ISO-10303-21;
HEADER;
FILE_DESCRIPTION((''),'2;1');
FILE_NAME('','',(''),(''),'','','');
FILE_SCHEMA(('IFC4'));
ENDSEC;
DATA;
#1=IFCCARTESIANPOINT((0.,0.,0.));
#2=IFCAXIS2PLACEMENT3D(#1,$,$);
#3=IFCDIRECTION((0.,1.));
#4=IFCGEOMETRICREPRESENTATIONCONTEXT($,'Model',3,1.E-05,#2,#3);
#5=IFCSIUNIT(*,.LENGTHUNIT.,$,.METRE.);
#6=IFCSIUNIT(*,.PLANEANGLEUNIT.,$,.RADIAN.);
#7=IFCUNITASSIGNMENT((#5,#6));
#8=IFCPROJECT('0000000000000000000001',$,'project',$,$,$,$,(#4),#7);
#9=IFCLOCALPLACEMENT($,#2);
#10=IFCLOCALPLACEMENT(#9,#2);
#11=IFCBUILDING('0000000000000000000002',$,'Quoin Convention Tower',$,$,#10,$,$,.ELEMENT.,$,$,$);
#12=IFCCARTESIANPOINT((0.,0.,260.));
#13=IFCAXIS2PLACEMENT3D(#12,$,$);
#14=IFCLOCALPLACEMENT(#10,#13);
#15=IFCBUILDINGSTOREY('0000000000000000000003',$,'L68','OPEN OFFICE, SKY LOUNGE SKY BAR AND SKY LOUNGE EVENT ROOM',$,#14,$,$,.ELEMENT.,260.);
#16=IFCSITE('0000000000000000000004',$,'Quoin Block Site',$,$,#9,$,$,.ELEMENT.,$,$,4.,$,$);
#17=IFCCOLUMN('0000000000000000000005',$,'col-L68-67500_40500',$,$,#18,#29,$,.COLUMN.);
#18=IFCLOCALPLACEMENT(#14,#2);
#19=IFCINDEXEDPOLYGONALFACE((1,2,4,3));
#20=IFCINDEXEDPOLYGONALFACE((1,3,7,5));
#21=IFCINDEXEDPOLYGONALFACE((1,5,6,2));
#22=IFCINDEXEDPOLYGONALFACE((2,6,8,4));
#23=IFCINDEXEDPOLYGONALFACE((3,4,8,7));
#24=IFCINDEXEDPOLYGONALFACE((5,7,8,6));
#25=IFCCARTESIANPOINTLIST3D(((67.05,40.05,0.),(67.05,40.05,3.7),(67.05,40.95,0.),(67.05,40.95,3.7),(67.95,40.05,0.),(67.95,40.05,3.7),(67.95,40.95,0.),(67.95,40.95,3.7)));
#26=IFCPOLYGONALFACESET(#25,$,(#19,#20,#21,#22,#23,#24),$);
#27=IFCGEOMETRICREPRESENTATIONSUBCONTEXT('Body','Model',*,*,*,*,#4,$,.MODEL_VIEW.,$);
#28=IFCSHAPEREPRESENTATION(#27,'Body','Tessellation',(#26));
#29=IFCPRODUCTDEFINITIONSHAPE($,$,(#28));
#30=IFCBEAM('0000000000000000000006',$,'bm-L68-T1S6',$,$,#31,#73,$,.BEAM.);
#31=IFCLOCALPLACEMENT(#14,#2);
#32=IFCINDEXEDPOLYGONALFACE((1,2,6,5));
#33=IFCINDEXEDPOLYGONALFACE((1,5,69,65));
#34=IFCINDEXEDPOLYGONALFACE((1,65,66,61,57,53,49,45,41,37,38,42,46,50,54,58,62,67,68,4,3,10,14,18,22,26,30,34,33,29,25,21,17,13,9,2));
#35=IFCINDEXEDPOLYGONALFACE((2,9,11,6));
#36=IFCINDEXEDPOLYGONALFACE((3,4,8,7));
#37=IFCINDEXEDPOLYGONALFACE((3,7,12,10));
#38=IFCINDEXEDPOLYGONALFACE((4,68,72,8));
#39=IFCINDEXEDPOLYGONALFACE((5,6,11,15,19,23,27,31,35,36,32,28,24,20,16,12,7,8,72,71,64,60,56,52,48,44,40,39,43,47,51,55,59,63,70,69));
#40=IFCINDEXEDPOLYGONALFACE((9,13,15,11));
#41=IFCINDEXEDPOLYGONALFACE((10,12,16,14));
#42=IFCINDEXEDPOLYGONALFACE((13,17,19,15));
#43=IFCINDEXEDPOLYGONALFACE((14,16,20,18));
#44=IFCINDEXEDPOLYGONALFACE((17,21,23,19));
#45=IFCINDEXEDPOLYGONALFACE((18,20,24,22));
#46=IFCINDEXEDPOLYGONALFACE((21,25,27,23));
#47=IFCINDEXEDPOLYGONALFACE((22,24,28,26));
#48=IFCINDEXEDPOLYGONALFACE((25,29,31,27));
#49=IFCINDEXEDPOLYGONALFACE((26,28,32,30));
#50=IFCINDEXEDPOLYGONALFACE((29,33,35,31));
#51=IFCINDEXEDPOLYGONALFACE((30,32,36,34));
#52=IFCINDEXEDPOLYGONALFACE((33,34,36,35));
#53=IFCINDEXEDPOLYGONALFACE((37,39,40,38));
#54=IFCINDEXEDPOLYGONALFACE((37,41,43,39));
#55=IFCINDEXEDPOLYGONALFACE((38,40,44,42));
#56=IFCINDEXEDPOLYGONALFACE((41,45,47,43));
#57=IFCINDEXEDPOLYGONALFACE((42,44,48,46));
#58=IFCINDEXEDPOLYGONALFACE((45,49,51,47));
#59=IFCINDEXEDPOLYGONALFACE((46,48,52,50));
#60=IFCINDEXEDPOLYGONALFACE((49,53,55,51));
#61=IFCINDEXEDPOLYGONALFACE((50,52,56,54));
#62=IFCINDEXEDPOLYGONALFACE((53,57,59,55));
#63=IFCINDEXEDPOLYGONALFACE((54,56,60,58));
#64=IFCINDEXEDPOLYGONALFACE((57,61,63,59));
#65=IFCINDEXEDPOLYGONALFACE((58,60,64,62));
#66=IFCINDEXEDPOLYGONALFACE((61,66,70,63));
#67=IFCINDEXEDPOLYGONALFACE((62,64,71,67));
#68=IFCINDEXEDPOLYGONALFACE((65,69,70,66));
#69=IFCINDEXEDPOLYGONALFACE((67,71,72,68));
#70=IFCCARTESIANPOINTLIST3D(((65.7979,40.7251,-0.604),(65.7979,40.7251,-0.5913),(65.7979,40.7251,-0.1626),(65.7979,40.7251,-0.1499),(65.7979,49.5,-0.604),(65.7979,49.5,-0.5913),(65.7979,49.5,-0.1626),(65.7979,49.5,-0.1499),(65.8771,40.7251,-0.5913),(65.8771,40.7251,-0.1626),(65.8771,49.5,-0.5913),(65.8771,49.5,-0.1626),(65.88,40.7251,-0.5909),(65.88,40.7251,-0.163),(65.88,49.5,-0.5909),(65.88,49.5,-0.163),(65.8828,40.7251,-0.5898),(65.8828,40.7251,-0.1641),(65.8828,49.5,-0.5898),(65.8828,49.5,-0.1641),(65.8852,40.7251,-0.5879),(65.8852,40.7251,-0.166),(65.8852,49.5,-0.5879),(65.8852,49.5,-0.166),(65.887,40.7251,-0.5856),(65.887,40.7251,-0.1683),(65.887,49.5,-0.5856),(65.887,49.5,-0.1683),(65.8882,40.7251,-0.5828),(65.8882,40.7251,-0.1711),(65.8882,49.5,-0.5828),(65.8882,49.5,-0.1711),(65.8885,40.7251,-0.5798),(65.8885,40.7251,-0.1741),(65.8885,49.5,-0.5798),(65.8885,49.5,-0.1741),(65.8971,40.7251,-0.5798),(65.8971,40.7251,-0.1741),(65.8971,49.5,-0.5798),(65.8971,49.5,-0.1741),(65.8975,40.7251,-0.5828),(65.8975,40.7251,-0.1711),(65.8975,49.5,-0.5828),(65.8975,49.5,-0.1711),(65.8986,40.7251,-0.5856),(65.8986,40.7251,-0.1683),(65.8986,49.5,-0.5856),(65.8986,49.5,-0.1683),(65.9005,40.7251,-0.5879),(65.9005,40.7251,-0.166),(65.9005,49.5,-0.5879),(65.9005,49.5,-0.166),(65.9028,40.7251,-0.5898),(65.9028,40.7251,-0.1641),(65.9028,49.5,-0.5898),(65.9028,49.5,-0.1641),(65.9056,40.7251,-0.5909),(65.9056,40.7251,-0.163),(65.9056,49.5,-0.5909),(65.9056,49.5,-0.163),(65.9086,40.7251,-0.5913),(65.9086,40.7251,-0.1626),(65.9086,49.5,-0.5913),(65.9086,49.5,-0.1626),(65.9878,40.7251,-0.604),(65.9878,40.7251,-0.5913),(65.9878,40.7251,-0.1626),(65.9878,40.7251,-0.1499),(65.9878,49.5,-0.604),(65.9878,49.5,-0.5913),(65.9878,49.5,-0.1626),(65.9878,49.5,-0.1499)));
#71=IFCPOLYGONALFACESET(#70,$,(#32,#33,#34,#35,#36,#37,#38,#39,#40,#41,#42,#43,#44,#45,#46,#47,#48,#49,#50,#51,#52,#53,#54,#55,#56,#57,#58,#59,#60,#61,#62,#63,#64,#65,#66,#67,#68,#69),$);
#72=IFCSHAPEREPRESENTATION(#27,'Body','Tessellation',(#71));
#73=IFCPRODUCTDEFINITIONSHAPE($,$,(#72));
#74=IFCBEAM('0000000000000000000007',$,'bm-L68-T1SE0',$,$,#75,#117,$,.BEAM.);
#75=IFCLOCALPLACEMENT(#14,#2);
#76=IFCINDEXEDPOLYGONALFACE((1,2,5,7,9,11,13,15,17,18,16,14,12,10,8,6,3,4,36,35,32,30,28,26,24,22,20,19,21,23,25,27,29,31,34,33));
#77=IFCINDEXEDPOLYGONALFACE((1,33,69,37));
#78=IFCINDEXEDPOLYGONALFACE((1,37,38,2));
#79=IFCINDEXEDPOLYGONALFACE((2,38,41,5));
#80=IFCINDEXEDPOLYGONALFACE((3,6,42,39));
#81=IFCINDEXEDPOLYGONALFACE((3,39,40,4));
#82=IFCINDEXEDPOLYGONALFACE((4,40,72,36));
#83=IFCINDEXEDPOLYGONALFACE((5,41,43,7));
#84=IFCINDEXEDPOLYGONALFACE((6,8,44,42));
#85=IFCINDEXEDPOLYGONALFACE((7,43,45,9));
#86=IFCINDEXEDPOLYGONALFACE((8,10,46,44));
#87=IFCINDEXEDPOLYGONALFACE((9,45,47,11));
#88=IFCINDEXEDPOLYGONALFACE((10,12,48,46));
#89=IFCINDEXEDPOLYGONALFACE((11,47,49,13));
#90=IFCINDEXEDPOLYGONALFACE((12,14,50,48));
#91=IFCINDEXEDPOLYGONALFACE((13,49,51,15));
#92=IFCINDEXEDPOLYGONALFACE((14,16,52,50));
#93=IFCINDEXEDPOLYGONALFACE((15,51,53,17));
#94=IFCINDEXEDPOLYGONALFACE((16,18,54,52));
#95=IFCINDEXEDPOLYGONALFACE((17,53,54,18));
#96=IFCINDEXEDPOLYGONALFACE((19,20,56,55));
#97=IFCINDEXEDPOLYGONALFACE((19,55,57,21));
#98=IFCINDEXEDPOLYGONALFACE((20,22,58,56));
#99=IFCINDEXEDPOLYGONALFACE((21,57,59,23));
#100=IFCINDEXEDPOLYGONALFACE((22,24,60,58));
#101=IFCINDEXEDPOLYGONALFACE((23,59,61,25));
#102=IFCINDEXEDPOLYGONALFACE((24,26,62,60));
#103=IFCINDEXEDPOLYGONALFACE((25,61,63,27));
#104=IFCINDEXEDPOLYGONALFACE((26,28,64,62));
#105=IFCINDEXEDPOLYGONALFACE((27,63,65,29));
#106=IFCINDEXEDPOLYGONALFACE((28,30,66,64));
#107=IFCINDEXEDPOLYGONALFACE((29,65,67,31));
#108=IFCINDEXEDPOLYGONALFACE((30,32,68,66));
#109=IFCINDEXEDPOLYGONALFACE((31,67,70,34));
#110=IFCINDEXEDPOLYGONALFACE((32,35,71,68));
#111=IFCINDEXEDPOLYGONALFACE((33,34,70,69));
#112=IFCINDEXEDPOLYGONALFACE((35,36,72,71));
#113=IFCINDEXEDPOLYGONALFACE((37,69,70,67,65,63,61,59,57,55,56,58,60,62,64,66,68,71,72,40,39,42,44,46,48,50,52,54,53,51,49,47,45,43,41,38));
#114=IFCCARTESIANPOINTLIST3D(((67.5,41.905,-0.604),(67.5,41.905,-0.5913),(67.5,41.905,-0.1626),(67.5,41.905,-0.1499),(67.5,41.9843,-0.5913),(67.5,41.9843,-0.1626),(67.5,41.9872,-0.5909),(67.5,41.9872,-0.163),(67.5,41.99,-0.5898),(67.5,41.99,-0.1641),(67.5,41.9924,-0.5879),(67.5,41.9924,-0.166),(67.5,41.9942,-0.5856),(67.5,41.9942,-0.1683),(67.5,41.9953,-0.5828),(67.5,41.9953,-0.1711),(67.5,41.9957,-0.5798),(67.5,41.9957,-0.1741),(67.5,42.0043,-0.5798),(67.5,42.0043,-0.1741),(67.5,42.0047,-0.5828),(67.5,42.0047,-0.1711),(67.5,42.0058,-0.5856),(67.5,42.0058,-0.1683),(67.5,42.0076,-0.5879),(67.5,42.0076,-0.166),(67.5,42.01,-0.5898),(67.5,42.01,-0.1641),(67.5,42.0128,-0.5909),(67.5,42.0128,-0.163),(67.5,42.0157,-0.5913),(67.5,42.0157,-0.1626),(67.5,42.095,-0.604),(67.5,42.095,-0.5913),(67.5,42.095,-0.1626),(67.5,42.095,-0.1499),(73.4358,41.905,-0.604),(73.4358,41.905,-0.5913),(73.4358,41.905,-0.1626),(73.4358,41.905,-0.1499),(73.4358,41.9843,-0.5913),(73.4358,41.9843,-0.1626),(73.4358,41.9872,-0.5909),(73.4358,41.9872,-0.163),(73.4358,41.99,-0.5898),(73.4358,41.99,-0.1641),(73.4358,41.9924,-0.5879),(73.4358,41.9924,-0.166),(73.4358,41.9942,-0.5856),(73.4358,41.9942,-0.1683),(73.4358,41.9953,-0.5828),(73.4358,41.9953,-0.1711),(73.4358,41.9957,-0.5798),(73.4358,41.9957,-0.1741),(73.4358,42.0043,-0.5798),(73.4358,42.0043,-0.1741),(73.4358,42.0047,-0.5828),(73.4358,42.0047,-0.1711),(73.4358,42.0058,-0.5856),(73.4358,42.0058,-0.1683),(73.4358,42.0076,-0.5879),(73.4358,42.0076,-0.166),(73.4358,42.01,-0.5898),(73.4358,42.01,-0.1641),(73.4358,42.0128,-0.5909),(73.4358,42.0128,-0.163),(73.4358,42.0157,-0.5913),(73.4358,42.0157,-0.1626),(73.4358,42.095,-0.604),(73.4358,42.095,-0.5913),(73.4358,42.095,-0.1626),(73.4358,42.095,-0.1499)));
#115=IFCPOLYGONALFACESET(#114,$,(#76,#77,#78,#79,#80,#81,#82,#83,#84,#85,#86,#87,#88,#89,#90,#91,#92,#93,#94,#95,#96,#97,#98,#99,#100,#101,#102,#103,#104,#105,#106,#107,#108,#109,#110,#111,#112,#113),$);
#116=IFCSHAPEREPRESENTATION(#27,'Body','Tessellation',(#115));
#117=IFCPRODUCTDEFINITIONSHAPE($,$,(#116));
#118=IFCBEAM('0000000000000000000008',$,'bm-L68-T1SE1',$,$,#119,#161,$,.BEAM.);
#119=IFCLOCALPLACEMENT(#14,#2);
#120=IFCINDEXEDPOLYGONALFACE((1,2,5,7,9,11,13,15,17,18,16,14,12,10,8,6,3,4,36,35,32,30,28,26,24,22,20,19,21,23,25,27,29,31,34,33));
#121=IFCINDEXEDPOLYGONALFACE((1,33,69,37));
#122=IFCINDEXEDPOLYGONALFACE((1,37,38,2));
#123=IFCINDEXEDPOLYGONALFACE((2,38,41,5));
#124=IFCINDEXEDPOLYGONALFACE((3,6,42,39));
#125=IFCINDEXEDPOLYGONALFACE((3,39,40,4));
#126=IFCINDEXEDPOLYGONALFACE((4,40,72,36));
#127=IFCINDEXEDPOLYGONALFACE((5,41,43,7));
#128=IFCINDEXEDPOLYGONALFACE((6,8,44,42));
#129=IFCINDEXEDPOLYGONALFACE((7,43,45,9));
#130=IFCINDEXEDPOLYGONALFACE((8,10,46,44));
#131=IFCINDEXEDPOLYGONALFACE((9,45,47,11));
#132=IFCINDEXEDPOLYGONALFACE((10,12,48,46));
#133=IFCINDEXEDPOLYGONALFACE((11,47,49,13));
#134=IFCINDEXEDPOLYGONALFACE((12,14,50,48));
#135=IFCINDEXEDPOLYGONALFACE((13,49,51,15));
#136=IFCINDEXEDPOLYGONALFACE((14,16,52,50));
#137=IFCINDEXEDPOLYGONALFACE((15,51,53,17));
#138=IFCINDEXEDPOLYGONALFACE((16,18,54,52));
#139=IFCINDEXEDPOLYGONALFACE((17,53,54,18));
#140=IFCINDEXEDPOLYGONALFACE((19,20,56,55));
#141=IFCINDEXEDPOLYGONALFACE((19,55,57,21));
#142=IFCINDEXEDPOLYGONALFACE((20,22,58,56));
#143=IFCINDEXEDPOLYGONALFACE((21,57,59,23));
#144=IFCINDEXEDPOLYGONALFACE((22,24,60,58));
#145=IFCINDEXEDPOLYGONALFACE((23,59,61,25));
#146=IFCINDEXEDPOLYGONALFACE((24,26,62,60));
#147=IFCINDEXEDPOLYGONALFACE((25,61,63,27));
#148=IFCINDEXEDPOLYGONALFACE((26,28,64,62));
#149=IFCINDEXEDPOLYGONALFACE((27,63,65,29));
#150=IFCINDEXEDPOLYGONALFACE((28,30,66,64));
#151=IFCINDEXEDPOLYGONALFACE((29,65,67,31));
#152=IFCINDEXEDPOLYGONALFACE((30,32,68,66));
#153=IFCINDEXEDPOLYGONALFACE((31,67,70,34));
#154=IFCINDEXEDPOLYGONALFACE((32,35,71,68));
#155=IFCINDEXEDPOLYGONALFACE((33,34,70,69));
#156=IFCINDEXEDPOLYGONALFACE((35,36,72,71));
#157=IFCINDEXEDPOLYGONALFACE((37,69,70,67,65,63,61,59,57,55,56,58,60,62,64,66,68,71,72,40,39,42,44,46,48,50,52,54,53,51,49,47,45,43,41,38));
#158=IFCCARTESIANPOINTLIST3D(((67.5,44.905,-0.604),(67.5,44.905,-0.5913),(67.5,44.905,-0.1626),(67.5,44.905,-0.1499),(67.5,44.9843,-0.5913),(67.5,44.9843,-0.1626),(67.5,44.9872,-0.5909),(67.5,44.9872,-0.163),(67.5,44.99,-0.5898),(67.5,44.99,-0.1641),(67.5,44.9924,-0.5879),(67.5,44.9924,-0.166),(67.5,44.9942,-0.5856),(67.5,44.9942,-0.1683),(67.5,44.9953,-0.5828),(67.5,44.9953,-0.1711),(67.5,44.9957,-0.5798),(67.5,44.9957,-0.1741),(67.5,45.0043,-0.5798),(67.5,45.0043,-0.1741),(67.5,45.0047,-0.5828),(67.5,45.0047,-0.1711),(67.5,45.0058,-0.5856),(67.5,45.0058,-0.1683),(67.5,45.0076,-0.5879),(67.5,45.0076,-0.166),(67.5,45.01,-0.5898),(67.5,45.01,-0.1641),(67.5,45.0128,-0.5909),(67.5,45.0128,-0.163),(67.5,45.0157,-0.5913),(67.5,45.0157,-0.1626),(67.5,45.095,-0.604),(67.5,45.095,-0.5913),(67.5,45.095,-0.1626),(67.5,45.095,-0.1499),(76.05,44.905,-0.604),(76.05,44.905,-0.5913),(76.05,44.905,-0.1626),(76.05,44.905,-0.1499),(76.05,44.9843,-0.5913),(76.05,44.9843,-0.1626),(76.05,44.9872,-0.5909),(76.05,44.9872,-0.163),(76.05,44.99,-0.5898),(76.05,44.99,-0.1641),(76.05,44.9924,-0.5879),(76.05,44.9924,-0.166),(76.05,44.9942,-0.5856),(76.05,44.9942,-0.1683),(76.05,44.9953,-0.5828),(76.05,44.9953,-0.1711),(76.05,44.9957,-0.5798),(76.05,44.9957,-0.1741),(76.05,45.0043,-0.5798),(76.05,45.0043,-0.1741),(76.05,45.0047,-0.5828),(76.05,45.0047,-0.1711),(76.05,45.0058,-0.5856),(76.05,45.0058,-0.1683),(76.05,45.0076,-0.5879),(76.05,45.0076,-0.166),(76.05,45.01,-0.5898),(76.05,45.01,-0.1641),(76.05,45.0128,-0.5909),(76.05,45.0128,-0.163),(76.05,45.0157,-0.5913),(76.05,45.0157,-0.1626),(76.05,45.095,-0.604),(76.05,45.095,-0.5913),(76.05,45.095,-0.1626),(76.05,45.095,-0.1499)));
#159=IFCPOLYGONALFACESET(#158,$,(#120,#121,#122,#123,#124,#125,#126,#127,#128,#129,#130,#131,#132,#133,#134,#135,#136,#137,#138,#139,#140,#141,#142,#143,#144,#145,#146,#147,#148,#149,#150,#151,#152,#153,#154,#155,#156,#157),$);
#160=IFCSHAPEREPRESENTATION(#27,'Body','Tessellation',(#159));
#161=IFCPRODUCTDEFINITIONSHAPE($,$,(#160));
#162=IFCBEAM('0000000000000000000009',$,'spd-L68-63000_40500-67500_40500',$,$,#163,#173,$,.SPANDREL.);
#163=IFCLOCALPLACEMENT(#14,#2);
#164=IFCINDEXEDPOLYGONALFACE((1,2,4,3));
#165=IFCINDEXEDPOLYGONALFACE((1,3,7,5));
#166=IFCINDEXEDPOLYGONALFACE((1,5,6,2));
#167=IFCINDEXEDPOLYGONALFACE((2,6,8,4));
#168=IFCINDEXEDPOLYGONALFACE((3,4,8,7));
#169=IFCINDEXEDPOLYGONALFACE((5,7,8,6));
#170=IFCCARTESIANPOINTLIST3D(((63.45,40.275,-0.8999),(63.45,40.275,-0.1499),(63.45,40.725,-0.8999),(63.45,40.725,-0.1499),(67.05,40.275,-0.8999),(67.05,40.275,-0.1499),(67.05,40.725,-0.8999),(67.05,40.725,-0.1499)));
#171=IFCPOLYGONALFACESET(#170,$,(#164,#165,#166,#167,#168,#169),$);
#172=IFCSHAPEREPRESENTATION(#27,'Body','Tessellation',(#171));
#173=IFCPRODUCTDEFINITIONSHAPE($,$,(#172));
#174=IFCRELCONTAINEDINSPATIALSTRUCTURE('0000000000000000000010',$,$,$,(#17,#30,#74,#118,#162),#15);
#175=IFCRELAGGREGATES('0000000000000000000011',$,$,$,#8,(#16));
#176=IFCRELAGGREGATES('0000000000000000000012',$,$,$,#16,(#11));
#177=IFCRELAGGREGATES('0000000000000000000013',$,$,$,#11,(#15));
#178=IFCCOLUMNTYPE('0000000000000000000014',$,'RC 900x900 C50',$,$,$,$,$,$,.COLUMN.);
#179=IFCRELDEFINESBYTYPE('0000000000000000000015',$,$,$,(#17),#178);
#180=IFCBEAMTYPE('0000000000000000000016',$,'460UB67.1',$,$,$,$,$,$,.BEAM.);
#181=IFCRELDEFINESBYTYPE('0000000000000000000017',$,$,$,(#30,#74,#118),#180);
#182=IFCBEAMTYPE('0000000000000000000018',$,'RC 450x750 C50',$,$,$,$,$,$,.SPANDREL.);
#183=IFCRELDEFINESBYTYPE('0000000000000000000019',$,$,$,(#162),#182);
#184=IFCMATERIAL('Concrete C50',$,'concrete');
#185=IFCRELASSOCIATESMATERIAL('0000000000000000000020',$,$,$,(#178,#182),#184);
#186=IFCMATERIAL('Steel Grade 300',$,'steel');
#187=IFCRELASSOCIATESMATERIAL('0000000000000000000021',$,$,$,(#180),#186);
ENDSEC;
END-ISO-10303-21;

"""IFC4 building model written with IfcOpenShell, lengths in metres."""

from ifc_helpers import new_model, si_unit, direction, frame, origin, origin_2d, place, context, subcontext, project, spatial, rectangle, i_section, extrude, material, material_profile, profile_set, type_object, element, save


model = new_model("IFC4")

# Units and contexts
model_context = context("Model", 3, precision=1e-05, world=origin(), true_north=direction((0.0, 1.0)))
body_context = subcontext(model_context, "Body", "Model", "MODEL_VIEW")
ifc_project = project(units=[si_unit("LENGTHUNIT", "METRE"), si_unit("PLANEANGLEUNIT", "RADIAN")], contexts=[model_context])

# Site, building, storey
site_placement = place(None, origin())
site = spatial("IfcSite", under=ifc_project, at=site_placement, Name="Quoin Block Site", CompositionType="ELEMENT", RefElevation=4.0)
building_placement = place(site_placement, origin())
building = spatial("IfcBuilding", under=site, at=building_placement, Name="Quoin Convention Tower", CompositionType="ELEMENT")
storey_placement = place(building_placement, frame((0.0, 0.0, 260.0)))
storey = spatial("IfcBuildingStorey", under=building, at=storey_placement, Name="L68", Description="OPEN OFFICE, SKY LOUNGE SKY BAR AND SKY LOUNGE EVENT ROOM", CompositionType="ELEMENT", Elevation=260.0)

# Column
ifc_material_1 = material(Name="Concrete C50", Category="concrete")
ifc_material_profile_1 = material_profile(ifc_material_1, rectangle(XDim=0.8999, YDim=0.8999, at=origin_2d()), Name="RC 900x900")
ifc_profile_set_1 = profile_set([ifc_material_profile_1], Name="Concrete C50")
column_type = type_object("IfcColumnType", Name="RC 900x900 C50", PredefinedType="COLUMN", material=ifc_profile_set_1)
column_placement = place(storey_placement, frame((67.5, 40.5, 0.0), z_axis=(0.0, 0.0, 1.0), x_axis=(1.0, 0.0, 0.0)))
element("IfcColumn", 1, at=column_placement, inside=storey, type_object=column_type, Name="col-L68-67500_40500", PredefinedType="COLUMN", context=body_context, shape_type="SweptSolid", body=[
    extrude(rectangle(XDim=0.8999, YDim=0.8999, at=origin_2d()), origin(), (0.0, 0.0, 1.0), 3.7),
])

# Beams
ifc_material_2 = material(Name="Steel Grade 300", Category="steel")
ifc_material_profile_2 = material_profile(ifc_material_2, i_section(OverallWidth=0.1899, OverallDepth=0.4541, WebThickness=0.0085, FlangeThickness=0.0127, FilletRadius=0.0115, at=origin_2d()), Name="460UB67.1")
ifc_profile_set_2 = profile_set([ifc_material_profile_2], Name="Steel Grade 300")
beam_type_1 = type_object("IfcBeamType", Name="460UB67.1", PredefinedType="BEAM", material=ifc_profile_set_2)
beam_1_placement = place(storey_placement, frame((65.8928, 40.7251, -0.377), z_axis=(0.0, 1.0, 0.0), x_axis=(-1.0, 0.0, 0.0)))
element("IfcBeam", 2, at=beam_1_placement, inside=storey, type_object=beam_type_1, Name="bm-L68-T1S6", PredefinedType="BEAM", context=body_context, shape_type="SweptSolid", body=[
    extrude(i_section(OverallWidth=0.1899, OverallDepth=0.4541, WebThickness=0.0085, FlangeThickness=0.0127, FilletRadius=0.0115, at=origin_2d()), origin(), (0.0, 0.0, 1.0), 8.7749),
])
beam_2_placement = place(storey_placement, frame((67.5, 42.0, -0.377), z_axis=(1.0, 0.0, 0.0), x_axis=(0.0, 1.0, 0.0)))
element("IfcBeam", 3, at=beam_2_placement, inside=storey, type_object=beam_type_1, Name="bm-L68-T1SE0", PredefinedType="BEAM", context=body_context, shape_type="SweptSolid", body=[
    extrude(i_section(OverallWidth=0.1899, OverallDepth=0.4541, WebThickness=0.0085, FlangeThickness=0.0127, FilletRadius=0.0115, at=origin_2d()), origin(), (0.0, 0.0, 1.0), 5.9358),
])
beam_3_placement = place(storey_placement, frame((67.5, 45.0, -0.377), z_axis=(1.0, 0.0, 0.0), x_axis=(0.0, 1.0, 0.0)))
element("IfcBeam", 4, at=beam_3_placement, inside=storey, type_object=beam_type_1, Name="bm-L68-T1SE1", PredefinedType="BEAM", context=body_context, shape_type="SweptSolid", body=[
    extrude(i_section(OverallWidth=0.1899, OverallDepth=0.4541, WebThickness=0.0085, FlangeThickness=0.0127, FilletRadius=0.0115, at=origin_2d()), origin(), (0.0, 0.0, 1.0), 8.55),
])
ifc_material_profile_3 = material_profile(ifc_material_1, rectangle(XDim=0.45, YDim=0.75, at=origin_2d()), Name="RC 450x750")
ifc_profile_set_3 = profile_set([ifc_material_profile_3], Name="Concrete C50")
beam_type_2 = type_object("IfcBeamType", Name="RC 450x750 C50", PredefinedType="SPANDREL", material=ifc_profile_set_3)
beam_4_placement = place(storey_placement, frame((63.45, 40.5, -0.5249), z_axis=(1.0, 0.0, 0.0), x_axis=(0.0, 1.0, 0.0)))
element("IfcBeam", 5, at=beam_4_placement, inside=storey, type_object=beam_type_2, Name="spd-L68-63000_40500-67500_40500", PredefinedType="SPANDREL", context=body_context, shape_type="SweptSolid", body=[
    extrude(rectangle(XDim=0.45, YDim=0.75, at=origin_2d()), origin(), (0.0, 0.0, 1.0), 3.6001),
])

save(model, "model.ifc")
